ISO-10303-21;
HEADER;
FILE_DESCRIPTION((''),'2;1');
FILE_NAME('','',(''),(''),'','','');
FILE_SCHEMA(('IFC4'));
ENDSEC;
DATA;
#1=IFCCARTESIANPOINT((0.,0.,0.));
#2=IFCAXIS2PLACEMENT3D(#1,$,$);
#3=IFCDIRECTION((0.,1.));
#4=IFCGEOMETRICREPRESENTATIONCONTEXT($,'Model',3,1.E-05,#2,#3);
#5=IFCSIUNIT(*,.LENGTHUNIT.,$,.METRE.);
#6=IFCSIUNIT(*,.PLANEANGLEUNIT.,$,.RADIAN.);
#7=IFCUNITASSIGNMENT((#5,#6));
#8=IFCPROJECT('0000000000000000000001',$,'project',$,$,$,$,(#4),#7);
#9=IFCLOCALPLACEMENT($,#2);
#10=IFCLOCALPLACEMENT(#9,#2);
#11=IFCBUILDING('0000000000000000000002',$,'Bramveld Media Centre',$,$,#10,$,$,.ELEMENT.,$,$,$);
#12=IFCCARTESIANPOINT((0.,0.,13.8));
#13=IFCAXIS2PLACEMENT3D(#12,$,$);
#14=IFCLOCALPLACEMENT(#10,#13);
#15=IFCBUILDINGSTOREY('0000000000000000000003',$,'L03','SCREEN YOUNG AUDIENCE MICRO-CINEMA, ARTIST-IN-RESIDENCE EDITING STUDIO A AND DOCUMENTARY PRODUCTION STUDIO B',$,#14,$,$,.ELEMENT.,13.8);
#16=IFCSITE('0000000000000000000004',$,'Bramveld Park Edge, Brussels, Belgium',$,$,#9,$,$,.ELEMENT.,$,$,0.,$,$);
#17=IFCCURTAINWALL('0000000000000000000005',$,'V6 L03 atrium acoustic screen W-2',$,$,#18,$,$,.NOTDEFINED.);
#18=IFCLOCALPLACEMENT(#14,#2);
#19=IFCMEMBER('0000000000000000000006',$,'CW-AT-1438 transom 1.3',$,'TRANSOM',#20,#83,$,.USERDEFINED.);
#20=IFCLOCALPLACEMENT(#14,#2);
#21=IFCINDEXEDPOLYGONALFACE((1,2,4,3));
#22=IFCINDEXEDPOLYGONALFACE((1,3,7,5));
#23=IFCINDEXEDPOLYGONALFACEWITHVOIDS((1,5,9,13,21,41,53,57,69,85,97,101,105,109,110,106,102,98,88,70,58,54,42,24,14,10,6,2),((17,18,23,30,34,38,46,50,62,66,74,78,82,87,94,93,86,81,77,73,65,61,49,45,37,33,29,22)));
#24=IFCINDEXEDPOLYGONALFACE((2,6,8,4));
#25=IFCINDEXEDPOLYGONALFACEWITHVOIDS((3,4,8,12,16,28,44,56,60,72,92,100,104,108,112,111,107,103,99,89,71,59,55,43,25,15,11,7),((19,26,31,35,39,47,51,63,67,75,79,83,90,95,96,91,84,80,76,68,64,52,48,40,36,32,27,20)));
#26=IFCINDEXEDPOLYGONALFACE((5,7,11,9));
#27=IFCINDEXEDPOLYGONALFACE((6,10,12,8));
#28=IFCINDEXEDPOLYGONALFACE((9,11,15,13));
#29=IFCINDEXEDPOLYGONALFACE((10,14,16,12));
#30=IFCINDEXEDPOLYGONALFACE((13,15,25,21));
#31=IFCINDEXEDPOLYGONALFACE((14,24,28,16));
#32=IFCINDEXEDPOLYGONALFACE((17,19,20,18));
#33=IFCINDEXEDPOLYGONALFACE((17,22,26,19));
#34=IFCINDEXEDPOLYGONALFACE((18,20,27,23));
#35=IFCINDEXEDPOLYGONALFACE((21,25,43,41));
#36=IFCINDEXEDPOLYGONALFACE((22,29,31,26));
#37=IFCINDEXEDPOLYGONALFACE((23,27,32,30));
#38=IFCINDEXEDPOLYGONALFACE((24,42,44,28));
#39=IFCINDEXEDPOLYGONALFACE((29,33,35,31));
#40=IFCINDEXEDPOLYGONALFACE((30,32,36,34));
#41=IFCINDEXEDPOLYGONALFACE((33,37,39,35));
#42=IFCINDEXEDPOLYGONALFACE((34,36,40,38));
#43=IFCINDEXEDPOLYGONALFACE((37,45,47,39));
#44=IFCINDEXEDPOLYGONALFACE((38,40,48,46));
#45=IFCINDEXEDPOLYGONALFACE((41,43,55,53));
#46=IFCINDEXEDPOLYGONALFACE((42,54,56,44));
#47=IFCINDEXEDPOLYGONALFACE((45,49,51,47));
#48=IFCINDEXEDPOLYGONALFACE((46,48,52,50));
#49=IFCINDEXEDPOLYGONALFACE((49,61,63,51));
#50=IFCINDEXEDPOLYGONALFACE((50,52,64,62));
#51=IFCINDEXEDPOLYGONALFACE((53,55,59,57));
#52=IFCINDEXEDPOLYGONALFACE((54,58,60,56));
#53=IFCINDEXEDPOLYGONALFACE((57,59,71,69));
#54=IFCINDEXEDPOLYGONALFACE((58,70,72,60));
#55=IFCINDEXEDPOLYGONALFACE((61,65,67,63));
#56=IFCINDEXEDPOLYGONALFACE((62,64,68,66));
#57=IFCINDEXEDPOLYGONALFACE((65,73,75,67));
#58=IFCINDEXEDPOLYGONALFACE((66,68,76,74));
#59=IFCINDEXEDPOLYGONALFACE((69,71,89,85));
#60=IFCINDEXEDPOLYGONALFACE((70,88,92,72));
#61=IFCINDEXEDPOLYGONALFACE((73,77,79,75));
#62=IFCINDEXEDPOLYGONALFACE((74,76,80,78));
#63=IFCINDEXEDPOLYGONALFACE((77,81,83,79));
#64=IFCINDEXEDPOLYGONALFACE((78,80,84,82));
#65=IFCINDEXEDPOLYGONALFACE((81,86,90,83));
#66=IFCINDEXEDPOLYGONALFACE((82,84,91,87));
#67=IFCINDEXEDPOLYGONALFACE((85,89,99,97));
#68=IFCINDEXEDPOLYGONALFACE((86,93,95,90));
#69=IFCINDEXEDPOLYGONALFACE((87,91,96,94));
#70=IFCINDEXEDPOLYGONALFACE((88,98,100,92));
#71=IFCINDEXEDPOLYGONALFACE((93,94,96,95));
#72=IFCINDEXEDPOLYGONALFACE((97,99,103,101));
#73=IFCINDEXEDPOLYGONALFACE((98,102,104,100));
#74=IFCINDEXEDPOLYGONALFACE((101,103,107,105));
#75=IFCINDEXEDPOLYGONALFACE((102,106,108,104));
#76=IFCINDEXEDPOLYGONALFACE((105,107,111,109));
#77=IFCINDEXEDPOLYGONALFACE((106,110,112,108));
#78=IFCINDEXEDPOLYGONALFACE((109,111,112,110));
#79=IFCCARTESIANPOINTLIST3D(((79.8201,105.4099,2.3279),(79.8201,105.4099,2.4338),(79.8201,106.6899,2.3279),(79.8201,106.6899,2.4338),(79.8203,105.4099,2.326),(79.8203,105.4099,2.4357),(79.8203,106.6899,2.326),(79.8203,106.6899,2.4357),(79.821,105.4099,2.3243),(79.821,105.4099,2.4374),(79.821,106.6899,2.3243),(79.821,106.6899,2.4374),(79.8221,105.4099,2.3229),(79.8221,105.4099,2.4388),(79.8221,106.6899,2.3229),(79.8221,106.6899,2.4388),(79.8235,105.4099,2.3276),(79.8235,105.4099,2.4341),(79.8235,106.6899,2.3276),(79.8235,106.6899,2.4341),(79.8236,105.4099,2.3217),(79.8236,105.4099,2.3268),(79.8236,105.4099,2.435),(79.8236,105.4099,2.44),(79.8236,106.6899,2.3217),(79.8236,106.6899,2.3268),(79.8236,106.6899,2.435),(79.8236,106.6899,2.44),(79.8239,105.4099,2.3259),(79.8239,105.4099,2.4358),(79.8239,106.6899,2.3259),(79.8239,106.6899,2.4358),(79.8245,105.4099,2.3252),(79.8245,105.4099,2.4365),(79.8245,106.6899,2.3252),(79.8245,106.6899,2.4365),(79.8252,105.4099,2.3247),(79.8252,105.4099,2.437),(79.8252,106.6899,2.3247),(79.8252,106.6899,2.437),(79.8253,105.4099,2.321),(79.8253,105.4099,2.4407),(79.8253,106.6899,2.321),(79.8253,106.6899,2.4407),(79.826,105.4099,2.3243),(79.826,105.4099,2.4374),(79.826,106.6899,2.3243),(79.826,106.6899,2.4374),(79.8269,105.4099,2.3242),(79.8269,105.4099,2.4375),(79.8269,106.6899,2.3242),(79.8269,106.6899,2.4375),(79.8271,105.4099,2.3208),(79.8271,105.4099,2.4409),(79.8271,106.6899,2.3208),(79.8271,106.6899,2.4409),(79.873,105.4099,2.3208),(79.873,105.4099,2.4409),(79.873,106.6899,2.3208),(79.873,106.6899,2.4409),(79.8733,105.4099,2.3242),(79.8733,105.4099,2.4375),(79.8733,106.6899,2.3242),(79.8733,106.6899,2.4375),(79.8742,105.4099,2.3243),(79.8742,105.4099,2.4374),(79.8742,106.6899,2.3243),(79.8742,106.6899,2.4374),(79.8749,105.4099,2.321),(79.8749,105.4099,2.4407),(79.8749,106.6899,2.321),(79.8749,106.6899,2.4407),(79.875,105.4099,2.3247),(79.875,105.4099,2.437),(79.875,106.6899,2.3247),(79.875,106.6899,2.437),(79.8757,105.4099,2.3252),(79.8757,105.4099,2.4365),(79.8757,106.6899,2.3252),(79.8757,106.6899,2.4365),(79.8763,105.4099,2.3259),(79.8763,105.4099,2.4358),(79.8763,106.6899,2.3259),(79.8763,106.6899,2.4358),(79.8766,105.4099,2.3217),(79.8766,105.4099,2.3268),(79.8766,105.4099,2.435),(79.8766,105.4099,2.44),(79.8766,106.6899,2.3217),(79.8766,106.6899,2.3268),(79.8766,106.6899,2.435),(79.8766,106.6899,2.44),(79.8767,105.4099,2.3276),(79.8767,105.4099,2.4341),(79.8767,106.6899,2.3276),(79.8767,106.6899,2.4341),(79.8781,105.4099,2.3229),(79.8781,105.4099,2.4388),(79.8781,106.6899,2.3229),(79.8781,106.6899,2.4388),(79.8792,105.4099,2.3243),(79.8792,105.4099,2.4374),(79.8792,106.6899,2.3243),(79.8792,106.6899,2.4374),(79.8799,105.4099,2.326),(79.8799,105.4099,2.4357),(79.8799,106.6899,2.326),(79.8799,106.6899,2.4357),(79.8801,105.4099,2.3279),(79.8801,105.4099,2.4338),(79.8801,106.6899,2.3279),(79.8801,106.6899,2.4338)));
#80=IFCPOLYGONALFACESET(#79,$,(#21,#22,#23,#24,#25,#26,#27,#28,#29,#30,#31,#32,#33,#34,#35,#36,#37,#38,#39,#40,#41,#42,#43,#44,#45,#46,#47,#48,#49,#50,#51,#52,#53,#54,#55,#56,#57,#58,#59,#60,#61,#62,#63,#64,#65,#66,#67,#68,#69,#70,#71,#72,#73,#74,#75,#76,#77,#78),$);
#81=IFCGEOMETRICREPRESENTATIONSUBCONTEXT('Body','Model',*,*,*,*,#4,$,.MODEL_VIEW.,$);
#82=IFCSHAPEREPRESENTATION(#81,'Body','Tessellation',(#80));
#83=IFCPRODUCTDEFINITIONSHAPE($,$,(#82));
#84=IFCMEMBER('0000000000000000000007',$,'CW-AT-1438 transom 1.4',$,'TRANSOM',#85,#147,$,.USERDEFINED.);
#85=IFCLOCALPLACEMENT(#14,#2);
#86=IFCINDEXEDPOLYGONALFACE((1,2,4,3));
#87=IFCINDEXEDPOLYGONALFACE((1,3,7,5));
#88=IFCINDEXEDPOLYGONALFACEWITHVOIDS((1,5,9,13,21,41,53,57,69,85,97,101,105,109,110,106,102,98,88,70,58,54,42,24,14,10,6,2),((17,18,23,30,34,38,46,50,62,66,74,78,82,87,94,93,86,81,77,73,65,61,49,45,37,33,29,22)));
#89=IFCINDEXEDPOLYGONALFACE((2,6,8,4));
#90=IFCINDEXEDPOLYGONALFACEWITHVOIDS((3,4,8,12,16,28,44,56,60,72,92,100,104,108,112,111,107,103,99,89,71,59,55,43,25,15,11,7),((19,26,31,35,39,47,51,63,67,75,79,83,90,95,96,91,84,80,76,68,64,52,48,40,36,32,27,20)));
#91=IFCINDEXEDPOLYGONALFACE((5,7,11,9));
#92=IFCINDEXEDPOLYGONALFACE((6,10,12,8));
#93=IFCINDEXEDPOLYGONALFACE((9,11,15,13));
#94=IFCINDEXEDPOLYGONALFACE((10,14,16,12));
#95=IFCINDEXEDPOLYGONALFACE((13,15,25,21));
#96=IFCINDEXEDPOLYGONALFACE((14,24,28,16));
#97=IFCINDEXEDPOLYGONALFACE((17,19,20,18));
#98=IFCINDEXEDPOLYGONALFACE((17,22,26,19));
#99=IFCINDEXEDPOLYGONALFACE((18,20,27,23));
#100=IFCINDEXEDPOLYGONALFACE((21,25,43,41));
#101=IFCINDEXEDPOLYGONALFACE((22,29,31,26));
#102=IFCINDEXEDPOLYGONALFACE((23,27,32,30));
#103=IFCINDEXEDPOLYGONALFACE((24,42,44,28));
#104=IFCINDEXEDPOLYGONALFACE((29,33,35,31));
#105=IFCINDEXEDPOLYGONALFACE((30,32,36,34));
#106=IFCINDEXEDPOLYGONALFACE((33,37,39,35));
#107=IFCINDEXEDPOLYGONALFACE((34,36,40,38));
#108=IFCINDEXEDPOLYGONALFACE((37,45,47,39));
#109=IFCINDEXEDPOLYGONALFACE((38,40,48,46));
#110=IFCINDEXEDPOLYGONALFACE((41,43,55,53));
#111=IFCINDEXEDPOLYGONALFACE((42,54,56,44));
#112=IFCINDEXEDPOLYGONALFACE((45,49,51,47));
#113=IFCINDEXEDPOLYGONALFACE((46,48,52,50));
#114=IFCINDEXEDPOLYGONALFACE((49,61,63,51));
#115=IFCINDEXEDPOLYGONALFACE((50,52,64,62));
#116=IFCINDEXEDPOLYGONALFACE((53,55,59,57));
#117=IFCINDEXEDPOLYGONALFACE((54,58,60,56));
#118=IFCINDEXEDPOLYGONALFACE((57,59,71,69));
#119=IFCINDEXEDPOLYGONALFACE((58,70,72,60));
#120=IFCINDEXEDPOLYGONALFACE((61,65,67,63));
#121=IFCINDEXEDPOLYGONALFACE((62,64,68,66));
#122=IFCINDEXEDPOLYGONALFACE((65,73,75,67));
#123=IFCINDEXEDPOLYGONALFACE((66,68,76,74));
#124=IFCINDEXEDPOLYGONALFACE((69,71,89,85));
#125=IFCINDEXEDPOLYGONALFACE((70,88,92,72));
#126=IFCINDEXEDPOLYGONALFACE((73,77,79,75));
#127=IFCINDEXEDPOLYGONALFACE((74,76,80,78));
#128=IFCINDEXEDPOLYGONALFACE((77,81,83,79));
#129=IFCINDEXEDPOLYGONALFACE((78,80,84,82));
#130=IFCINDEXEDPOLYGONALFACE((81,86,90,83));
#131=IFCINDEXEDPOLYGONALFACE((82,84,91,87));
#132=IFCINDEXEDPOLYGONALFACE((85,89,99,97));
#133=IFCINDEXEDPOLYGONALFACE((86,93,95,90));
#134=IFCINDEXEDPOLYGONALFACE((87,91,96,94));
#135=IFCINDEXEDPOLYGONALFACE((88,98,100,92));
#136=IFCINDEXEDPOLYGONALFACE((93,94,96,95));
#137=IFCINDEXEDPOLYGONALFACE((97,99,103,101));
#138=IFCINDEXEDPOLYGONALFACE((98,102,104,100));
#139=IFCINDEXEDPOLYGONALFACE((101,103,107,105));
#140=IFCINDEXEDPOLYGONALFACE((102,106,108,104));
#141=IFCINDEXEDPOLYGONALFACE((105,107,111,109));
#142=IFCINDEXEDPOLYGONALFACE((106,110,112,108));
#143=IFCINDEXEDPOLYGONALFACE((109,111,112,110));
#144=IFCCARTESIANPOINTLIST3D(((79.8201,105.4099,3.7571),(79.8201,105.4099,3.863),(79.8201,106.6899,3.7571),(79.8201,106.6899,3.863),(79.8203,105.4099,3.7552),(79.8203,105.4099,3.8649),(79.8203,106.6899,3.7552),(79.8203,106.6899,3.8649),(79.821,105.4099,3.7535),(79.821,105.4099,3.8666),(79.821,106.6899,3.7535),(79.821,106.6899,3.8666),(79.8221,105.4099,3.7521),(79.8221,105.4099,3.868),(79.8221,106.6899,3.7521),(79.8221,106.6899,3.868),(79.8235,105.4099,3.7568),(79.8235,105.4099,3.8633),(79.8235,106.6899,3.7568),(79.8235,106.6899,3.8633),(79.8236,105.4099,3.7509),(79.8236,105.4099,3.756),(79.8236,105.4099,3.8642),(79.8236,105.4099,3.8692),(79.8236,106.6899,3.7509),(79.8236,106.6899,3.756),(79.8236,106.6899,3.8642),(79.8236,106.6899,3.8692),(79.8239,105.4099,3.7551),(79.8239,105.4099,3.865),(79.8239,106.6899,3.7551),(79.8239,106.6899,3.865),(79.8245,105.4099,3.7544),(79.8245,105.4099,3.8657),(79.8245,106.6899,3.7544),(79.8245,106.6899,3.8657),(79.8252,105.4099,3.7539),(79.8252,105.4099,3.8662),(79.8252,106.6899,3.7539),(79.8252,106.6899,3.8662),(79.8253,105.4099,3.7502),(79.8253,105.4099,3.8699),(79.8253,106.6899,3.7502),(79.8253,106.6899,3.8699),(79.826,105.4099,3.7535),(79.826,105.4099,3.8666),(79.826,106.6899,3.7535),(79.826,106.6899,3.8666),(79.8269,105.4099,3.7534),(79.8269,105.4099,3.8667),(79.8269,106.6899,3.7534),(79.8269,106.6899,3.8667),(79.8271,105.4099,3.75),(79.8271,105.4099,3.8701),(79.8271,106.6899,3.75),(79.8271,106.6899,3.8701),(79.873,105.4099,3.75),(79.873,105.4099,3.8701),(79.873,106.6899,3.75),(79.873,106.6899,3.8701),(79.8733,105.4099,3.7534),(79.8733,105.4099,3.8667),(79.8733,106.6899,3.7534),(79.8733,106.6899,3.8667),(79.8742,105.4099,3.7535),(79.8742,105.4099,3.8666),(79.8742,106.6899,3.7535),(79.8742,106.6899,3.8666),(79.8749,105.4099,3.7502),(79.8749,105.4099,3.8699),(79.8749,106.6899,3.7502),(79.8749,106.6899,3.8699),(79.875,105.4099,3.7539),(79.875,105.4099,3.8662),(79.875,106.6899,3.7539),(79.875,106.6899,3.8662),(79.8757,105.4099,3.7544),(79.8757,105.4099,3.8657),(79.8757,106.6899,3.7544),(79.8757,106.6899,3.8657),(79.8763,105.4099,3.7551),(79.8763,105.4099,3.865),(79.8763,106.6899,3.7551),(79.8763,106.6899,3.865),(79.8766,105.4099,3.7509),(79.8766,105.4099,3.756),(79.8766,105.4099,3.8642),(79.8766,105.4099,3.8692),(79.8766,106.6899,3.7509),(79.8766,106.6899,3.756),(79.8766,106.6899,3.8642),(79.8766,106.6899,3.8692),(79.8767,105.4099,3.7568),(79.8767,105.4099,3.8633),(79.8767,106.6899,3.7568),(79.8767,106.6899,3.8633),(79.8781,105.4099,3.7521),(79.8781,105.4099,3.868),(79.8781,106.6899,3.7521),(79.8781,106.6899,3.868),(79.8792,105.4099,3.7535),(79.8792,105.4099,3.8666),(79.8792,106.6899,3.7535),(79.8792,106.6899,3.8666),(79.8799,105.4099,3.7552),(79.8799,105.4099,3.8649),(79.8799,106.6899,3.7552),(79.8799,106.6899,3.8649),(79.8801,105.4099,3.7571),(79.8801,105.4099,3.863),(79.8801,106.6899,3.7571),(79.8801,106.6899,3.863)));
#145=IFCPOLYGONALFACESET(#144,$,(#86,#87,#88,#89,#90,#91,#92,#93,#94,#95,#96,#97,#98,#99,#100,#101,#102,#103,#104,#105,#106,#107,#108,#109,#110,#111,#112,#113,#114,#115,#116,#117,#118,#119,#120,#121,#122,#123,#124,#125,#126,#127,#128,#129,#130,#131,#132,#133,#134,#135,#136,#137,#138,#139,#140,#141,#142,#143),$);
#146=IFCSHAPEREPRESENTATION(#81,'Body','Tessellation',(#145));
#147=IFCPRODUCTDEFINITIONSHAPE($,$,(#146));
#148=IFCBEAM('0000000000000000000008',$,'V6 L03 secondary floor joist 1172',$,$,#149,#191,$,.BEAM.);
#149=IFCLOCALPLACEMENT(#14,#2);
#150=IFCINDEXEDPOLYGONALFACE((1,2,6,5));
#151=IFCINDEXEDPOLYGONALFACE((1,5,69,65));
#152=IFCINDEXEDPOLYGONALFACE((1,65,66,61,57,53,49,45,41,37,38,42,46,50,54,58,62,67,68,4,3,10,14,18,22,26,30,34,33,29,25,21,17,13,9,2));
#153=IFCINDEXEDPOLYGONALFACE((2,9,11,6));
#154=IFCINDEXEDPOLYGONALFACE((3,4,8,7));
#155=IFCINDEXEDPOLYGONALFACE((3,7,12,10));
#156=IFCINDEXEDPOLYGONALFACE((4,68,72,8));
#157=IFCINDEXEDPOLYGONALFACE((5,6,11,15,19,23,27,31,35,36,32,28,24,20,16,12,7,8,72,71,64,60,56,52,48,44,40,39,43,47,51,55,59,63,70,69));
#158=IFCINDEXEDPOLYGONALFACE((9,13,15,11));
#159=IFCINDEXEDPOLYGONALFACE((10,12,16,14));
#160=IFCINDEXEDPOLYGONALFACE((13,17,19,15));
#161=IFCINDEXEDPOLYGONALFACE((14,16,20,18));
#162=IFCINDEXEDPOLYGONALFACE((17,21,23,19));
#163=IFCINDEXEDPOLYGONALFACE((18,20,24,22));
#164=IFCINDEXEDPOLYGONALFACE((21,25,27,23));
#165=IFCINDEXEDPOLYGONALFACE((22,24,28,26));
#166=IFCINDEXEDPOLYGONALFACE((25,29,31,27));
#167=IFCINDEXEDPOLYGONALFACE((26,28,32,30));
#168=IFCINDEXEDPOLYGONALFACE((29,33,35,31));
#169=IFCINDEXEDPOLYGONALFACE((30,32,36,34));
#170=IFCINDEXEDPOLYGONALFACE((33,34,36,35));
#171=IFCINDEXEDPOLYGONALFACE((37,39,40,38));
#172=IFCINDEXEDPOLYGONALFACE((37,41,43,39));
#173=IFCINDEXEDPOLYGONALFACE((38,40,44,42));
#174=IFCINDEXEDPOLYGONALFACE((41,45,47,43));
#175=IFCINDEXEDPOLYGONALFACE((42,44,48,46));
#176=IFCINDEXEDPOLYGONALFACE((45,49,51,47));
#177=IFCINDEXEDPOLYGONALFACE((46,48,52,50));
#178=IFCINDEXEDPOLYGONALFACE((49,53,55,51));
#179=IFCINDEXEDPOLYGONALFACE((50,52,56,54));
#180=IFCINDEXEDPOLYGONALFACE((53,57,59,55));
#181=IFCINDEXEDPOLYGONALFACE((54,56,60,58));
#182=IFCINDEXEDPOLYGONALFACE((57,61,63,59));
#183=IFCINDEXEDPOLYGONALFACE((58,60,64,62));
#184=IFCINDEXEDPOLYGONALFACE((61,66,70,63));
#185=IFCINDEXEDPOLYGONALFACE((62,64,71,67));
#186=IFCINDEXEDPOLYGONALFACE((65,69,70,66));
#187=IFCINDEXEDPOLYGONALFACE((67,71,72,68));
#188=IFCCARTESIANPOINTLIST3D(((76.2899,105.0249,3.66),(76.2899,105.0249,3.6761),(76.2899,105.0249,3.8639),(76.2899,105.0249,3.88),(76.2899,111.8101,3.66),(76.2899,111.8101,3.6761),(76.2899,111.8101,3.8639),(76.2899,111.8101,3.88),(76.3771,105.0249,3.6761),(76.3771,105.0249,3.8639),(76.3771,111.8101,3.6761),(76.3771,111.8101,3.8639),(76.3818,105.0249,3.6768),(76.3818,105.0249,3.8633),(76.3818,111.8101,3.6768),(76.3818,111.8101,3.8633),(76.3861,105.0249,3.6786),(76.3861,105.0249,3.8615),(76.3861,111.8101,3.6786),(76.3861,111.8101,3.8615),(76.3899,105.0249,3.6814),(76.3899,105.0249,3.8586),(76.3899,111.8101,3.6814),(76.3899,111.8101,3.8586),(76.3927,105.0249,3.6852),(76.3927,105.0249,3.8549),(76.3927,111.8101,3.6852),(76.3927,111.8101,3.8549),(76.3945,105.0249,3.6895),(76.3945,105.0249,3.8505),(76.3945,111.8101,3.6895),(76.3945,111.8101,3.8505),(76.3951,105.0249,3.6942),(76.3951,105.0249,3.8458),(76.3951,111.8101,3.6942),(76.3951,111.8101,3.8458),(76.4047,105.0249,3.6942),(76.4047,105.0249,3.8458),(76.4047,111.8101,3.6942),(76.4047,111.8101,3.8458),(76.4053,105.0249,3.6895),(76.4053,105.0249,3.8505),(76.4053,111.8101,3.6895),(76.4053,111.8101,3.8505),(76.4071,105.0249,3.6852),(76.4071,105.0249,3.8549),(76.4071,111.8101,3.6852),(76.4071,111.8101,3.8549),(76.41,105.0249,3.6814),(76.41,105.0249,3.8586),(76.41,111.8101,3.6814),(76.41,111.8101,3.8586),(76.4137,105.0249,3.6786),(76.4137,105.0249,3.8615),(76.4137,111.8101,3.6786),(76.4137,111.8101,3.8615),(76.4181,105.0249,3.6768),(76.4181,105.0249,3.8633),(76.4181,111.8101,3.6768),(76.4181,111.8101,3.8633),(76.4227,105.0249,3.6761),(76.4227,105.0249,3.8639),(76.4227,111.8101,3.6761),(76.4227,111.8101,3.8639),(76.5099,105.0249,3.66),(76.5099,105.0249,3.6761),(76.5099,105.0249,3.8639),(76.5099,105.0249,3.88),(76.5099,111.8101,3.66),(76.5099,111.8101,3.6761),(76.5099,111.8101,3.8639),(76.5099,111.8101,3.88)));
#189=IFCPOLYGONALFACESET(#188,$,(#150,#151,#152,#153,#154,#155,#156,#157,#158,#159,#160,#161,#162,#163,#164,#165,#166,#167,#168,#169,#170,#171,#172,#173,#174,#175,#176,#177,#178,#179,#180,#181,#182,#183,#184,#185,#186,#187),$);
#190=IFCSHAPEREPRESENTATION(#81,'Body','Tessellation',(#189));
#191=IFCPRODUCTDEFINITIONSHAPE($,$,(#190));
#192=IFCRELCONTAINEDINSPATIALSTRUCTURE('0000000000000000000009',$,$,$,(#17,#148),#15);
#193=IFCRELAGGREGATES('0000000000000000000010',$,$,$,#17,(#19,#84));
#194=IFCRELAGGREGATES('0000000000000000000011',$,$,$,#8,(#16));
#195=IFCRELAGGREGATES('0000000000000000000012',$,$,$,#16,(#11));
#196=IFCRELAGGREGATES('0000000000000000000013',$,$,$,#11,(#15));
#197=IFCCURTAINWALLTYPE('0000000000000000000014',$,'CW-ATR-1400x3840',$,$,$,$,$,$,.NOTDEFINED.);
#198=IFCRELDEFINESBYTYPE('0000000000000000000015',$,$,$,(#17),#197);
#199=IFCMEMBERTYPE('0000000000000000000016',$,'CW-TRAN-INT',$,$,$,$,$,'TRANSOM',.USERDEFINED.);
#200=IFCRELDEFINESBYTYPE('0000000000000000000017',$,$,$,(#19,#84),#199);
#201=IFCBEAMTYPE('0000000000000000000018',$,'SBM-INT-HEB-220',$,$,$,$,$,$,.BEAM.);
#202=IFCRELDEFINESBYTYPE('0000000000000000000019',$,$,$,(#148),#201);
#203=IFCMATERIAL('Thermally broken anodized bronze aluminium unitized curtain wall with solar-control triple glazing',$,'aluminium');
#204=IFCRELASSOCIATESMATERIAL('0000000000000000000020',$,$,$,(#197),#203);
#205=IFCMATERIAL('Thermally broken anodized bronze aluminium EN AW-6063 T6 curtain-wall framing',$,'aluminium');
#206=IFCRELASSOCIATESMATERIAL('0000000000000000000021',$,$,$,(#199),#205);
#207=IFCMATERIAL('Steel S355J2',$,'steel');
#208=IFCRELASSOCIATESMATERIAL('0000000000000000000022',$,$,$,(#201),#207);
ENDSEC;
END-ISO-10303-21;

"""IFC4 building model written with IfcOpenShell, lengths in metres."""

from ifc_helpers import new_model, si_unit, direction, frame, origin, origin_2d, place, context, subcontext, project, spatial, hollow_rectangle, i_section, extrude, material, material_profile, profile_set, type_object, element, aggregate, save


model = new_model("IFC4")

# Units and contexts
model_context = context("Model", 3, precision=1e-05, world=origin(), true_north=direction((0.0, 1.0)))
body_context = subcontext(model_context, "Body", "Model", "MODEL_VIEW")
ifc_project = project(units=[si_unit("LENGTHUNIT", "METRE"), si_unit("PLANEANGLEUNIT", "RADIAN")], contexts=[model_context])

# Site, building, storey
site_placement = place(None, origin())
site = spatial("IfcSite", under=ifc_project, at=site_placement, Name="Bramveld Park Edge, Brussels, Belgium", CompositionType="ELEMENT", RefElevation=0.0)
building_placement = place(site_placement, origin())
building = spatial("IfcBuilding", under=site, at=building_placement, Name="Bramveld Media Centre", CompositionType="ELEMENT")
storey_placement = place(building_placement, frame((0.0, 0.0, 13.8)))
storey = spatial("IfcBuildingStorey", under=building, at=storey_placement, Name="L03", Description="SCREEN YOUNG AUDIENCE MICRO-CINEMA, ARTIST-IN-RESIDENCE EDITING STUDIO A AND DOCUMENTARY PRODUCTION STUDIO B", CompositionType="ELEMENT", Elevation=13.8)

# Curtain wall
ifc_material_1 = material(Name="Thermally broken anodized bronze aluminium unitized curtain wall with solar-control triple glazing", Category="aluminium")
curtain_wall_type_1 = type_object("IfcCurtainWallType", Name="CW-ATR-1400x3840", PredefinedType="NOTDEFINED", material=ifc_material_1)
curtain_wall_1_placement = place(storey_placement, origin())
curtain_wall_1 = element("IfcCurtainWall", 1, at=curtain_wall_1_placement, inside=storey, type_object=curtain_wall_type_1, Name="V6 L03 atrium acoustic screen W-2", PredefinedType="NOTDEFINED")

# Members
ifc_material_2 = material(Name="Thermally broken anodized bronze aluminium EN AW-6063 T6 curtain-wall framing", Category="aluminium")
ifc_material_profile_1 = material_profile(ifc_material_2, hollow_rectangle(XDim=0.0601, YDim=0.1201, WallThickness=0.0034, InnerFilletRadius=0.0034, OuterFilletRadius=0.0071, at=origin_2d()), Name="AL-TRAN 60x120")
ifc_profile_set_1 = profile_set([ifc_material_profile_1], Name="Thermally broken anodized bronze aluminium EN AW-6063 T6 curtain-wall framing")
member_type_1 = type_object("IfcMemberType", Name="CW-TRAN-INT", ElementType="TRANSOM", PredefinedType="USERDEFINED", material=ifc_profile_set_1)
member_1_placement = place(storey_placement, frame((79.8501, 105.4099, 2.3809), z_axis=(0.0, 1.0, 0.0), x_axis=(-1.0, 0.0, 0.0)))
member_1 = element("IfcMember", 2, at=member_1_placement, type_object=member_type_1, Name="CW-AT-1438 transom 1.3", ObjectType="TRANSOM", PredefinedType="USERDEFINED", context=body_context, shape_type="SweptSolid", body=[
    extrude(hollow_rectangle(XDim=0.0601, YDim=0.1201, WallThickness=0.0034, InnerFilletRadius=0.0034, OuterFilletRadius=0.0071, at=origin_2d()), origin(), (0.0, 0.0, 1.0), 1.28),
])
member_2_placement = place(storey_placement, frame((79.8501, 105.4099, 3.8101), z_axis=(0.0, 1.0, 0.0), x_axis=(-1.0, 0.0, 0.0)))
member_2 = element("IfcMember", 3, at=member_2_placement, type_object=member_type_1, Name="CW-AT-1438 transom 1.4", ObjectType="TRANSOM", PredefinedType="USERDEFINED", context=body_context, shape_type="SweptSolid", body=[
    extrude(hollow_rectangle(XDim=0.0601, YDim=0.1201, WallThickness=0.0034, InnerFilletRadius=0.0034, OuterFilletRadius=0.0071, at=origin_2d()), origin(), (0.0, 0.0, 1.0), 1.28),
])

# Beam
ifc_material_3 = material(Name="Steel S355J2", Category="steel")
ifc_material_profile_2 = material_profile(ifc_material_3, i_section(OverallWidth=0.22, OverallDepth=0.22, WebThickness=0.0095, FlangeThickness=0.0161, FilletRadius=0.0181, at=origin_2d()), Name="HEB 220")
ifc_profile_set_2 = profile_set([ifc_material_profile_2], Name="Steel S355J2")
beam_type_1 = type_object("IfcBeamType", Name="SBM-INT-HEB-220", PredefinedType="BEAM", material=ifc_profile_set_2)
beam_1_placement = place(storey_placement, frame((76.3999, 105.0249, 3.77), z_axis=(0.0, 1.0, 0.0), x_axis=(-1.0, 0.0, 0.0)))
element("IfcBeam", 4, at=beam_1_placement, inside=storey, type_object=beam_type_1, Name="V6 L03 secondary floor joist 1172", PredefinedType="BEAM", context=body_context, shape_type="SweptSolid", body=[
    extrude(i_section(OverallWidth=0.22, OverallDepth=0.22, WebThickness=0.0095, FlangeThickness=0.0161, FilletRadius=0.0181, at=origin_2d()), origin(), (0.0, 0.0, 1.0), 6.7852),
])

aggregate(curtain_wall_1, [member_1, member_2])

save(model, "model.ifc")
